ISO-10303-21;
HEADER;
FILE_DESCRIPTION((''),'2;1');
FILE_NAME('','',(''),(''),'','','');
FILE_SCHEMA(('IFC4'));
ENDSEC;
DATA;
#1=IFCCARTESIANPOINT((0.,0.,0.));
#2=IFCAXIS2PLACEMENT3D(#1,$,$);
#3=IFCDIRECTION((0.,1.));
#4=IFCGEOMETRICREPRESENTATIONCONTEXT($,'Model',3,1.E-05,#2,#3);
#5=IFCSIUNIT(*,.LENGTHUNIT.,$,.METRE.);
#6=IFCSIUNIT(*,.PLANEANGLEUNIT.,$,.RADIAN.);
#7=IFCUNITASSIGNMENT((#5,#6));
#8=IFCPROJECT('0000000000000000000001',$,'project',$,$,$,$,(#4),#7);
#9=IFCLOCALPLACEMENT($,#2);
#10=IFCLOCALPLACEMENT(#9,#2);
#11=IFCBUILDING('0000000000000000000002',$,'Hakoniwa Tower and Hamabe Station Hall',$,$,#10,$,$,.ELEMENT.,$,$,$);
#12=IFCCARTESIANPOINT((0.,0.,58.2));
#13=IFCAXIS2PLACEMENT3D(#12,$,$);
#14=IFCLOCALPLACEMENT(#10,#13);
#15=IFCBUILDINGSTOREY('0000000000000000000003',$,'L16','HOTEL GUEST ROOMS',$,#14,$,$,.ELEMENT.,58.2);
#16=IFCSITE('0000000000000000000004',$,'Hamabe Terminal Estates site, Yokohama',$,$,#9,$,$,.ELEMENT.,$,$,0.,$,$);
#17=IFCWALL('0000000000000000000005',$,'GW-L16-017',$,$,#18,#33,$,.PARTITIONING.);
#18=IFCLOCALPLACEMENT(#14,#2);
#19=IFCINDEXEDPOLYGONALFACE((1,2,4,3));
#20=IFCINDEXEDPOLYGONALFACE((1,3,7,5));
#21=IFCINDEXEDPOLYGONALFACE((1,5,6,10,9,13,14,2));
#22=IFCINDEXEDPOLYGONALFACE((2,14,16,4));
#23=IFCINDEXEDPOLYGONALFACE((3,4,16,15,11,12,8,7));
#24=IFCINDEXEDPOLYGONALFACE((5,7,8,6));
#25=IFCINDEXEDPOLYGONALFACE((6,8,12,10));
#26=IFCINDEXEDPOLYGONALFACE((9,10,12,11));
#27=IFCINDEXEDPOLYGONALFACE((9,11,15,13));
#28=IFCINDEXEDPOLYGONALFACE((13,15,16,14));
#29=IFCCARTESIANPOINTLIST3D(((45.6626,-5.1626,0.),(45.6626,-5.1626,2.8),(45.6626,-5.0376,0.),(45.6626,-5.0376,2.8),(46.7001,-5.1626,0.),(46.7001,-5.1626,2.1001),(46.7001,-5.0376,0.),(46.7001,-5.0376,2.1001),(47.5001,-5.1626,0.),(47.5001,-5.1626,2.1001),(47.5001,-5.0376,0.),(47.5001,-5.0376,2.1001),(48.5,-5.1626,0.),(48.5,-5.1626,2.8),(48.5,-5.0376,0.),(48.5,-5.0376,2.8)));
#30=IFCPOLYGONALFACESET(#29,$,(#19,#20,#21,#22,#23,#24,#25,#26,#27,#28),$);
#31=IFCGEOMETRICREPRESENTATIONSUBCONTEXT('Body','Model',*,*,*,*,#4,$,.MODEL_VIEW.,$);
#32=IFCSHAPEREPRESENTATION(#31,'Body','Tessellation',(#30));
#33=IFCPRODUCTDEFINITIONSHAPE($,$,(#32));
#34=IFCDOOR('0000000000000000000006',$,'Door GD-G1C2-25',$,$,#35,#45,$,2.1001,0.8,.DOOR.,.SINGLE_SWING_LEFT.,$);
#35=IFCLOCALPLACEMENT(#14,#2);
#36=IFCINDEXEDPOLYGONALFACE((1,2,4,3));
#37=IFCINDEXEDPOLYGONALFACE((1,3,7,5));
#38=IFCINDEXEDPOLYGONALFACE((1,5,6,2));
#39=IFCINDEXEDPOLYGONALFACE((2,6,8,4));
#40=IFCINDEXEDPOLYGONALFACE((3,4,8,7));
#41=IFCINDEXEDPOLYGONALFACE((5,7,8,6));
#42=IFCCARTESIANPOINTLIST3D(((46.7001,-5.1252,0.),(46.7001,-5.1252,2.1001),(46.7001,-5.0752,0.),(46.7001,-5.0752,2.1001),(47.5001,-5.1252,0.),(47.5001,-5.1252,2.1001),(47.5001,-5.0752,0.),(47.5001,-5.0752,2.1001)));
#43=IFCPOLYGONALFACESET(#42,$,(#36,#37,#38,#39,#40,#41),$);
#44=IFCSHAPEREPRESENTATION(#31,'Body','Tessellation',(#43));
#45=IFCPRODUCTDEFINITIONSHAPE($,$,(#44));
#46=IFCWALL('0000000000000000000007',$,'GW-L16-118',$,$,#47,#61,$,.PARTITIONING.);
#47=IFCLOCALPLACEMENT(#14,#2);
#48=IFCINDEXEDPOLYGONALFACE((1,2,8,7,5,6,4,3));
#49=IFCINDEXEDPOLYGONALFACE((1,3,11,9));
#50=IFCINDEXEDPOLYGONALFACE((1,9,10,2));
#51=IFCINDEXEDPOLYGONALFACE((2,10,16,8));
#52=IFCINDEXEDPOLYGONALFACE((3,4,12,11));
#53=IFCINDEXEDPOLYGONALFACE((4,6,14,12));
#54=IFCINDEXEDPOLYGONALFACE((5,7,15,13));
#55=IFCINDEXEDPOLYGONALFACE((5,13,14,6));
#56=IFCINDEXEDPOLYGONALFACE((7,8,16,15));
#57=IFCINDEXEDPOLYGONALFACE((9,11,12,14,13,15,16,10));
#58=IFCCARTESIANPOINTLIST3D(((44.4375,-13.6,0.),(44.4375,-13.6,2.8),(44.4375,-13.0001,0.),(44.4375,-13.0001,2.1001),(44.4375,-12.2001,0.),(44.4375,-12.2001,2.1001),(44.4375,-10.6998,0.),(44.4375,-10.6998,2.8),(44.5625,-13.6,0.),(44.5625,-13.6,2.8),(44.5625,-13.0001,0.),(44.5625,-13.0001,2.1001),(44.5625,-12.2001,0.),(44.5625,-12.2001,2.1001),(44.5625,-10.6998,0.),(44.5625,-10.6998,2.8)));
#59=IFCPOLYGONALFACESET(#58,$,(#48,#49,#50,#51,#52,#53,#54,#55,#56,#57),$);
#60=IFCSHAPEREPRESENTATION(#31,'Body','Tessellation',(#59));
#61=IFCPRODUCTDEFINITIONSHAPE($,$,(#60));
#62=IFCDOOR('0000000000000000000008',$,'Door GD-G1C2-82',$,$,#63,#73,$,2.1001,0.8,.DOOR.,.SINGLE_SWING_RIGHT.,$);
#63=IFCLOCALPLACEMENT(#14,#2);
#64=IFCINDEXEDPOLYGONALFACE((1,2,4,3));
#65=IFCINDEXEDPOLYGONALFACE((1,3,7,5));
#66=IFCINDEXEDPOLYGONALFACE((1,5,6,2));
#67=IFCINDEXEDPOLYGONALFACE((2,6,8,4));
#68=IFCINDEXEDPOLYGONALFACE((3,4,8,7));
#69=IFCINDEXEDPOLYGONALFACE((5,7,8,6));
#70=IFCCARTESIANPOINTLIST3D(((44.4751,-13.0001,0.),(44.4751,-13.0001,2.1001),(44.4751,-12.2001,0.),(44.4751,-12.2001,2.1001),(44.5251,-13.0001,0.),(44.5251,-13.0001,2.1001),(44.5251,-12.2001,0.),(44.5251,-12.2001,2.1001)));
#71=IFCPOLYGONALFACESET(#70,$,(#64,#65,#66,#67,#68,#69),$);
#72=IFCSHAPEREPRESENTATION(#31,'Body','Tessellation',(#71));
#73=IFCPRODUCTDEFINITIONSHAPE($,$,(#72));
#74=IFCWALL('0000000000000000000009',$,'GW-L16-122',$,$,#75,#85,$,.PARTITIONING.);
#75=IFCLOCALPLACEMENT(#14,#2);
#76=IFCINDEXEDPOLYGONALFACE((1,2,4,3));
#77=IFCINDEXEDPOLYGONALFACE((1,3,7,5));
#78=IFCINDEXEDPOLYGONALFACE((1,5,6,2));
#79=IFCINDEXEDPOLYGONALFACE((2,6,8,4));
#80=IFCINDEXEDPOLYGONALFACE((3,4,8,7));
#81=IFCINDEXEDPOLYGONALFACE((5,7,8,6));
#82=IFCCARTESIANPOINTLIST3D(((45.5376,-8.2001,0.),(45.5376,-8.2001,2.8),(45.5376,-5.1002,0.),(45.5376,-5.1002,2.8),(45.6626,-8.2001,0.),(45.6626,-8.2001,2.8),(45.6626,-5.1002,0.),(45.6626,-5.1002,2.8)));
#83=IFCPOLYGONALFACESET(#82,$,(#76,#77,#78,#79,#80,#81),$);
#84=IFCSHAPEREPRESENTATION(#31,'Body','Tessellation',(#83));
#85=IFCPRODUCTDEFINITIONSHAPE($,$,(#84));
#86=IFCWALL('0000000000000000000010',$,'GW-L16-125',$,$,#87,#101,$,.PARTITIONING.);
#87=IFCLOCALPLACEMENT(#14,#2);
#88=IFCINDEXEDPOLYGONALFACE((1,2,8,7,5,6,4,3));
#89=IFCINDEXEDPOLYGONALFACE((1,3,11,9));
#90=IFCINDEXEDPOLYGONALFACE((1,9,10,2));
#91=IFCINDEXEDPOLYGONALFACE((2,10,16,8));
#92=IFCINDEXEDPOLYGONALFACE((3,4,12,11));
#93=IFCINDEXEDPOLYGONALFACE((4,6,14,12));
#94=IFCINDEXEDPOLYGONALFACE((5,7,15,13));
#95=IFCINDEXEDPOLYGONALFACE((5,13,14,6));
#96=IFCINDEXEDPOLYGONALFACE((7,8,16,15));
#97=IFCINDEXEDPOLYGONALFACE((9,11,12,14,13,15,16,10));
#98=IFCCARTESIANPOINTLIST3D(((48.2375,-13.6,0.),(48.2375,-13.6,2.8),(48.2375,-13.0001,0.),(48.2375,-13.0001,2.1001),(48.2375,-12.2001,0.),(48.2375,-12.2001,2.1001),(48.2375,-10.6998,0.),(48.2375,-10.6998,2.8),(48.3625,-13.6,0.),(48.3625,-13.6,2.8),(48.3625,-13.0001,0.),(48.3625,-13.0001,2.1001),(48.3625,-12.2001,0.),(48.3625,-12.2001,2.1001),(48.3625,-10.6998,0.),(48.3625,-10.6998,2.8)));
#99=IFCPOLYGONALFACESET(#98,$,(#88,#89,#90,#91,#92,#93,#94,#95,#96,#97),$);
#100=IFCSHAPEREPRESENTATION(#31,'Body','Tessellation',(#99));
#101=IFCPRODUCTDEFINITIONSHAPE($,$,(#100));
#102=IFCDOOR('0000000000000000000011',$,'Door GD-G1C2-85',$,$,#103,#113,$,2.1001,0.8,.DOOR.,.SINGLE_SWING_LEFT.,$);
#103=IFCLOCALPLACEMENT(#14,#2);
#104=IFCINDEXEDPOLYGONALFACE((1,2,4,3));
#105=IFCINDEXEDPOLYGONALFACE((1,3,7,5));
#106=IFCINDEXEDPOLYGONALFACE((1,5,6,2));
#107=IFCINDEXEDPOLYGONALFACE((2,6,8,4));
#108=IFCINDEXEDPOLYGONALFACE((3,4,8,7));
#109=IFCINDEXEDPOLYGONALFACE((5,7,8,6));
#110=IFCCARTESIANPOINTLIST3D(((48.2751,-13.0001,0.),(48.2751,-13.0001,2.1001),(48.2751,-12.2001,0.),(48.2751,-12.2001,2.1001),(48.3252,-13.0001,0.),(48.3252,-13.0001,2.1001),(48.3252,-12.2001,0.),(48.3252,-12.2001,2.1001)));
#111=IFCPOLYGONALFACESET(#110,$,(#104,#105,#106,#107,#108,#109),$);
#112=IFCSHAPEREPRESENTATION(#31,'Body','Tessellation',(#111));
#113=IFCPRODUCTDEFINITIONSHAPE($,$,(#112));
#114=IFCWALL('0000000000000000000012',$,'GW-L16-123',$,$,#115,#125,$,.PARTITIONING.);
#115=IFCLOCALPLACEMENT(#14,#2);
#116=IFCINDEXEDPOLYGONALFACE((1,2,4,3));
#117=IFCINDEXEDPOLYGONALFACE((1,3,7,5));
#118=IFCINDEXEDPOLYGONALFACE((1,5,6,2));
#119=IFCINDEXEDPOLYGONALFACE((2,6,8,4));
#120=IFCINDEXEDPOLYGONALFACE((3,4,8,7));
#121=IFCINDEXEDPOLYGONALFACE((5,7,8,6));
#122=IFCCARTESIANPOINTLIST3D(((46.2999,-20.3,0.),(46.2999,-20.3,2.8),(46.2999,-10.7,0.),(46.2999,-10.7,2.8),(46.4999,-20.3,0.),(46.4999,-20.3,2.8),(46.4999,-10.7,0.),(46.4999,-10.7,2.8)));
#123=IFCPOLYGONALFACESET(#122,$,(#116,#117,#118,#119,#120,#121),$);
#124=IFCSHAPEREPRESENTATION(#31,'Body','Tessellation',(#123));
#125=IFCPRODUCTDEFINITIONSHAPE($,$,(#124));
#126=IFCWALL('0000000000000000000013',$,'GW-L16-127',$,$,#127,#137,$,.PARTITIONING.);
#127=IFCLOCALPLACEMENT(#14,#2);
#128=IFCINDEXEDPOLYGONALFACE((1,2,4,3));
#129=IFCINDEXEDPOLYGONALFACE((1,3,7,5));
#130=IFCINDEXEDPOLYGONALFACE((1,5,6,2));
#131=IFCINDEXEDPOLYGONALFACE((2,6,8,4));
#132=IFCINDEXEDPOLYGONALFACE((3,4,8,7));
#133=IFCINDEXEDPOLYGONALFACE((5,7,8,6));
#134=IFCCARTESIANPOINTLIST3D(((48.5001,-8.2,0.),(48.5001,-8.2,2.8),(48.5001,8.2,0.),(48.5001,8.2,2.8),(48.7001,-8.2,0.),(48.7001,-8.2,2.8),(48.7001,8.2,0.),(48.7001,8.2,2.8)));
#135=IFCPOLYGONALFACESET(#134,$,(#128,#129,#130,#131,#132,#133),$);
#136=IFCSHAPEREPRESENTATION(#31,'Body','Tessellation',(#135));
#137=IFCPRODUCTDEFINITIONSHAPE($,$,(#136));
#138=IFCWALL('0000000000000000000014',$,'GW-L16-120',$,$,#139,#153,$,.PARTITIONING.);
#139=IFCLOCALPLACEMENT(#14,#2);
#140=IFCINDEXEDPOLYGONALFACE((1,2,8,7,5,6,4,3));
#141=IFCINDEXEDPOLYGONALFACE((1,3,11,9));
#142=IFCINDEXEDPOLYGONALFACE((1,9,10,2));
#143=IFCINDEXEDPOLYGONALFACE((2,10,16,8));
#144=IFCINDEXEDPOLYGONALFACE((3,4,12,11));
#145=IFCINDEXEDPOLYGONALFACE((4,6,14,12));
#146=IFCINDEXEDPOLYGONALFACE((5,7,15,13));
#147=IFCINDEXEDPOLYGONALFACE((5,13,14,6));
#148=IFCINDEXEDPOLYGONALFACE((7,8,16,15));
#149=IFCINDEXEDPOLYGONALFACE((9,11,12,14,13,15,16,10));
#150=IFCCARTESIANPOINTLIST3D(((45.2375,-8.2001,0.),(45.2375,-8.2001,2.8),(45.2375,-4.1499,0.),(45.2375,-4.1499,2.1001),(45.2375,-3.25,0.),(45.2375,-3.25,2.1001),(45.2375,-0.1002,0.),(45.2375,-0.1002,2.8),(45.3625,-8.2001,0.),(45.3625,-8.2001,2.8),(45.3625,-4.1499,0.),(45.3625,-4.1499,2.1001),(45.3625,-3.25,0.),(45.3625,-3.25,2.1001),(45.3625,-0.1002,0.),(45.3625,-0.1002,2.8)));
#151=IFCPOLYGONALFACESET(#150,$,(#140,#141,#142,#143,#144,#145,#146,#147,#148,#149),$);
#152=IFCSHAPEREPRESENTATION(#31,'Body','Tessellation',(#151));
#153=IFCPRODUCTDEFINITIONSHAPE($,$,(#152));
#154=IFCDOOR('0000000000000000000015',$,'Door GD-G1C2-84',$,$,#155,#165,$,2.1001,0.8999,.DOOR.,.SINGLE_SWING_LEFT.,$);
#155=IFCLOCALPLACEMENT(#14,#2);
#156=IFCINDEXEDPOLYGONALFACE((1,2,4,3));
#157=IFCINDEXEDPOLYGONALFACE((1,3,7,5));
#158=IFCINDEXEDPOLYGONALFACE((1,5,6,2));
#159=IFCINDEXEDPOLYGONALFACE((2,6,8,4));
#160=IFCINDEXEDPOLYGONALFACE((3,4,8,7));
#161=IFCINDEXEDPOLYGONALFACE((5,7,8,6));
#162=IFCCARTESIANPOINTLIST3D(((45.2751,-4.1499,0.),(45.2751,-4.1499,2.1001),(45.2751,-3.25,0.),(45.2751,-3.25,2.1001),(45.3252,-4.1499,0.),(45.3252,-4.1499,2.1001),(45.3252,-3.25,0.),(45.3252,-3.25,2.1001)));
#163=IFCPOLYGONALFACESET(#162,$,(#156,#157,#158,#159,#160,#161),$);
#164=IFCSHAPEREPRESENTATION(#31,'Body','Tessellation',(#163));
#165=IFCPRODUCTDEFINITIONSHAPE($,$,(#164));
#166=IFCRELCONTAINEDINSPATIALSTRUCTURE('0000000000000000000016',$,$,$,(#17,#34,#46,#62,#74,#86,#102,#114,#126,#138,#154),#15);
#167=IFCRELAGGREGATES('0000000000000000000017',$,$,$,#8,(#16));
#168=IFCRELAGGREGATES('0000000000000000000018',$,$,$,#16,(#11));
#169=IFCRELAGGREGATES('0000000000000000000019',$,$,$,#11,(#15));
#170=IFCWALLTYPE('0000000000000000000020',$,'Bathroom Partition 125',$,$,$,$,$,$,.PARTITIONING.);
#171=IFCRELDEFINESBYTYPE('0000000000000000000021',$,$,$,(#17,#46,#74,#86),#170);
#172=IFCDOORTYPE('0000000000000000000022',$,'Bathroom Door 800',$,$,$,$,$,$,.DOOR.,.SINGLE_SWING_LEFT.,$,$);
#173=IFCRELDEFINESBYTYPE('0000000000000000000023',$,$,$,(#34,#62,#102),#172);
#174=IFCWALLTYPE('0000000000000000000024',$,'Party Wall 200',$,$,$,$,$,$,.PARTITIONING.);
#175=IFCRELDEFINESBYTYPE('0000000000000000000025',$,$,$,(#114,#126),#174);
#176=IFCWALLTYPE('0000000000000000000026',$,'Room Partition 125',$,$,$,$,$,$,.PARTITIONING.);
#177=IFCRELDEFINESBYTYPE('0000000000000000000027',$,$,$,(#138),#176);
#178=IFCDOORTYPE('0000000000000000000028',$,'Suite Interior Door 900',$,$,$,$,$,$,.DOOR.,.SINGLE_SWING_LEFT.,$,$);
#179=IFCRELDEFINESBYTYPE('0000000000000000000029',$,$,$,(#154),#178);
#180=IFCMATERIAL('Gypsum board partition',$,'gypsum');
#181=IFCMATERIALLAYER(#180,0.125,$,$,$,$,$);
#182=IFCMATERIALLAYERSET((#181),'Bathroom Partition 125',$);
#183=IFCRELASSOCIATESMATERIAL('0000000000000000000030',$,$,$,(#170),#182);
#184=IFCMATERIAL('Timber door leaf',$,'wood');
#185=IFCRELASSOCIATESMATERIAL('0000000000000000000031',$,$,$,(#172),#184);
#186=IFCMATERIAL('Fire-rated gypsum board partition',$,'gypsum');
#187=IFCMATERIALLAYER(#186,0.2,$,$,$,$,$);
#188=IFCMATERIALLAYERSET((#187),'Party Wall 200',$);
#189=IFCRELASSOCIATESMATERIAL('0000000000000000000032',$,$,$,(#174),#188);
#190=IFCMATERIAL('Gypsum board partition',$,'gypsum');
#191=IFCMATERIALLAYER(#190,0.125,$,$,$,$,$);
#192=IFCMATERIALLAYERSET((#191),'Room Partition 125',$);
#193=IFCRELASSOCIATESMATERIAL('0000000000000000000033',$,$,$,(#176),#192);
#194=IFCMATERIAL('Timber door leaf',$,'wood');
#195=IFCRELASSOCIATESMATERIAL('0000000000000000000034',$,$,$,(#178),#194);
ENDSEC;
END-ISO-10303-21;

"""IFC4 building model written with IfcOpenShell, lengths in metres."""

from ifc_helpers import new_model, si_unit, direction, frame, frame_2d, origin, place, context, subcontext, project, spatial, rectangle, extrude, material, layer, layer_set, type_object, element, fill, save


model = new_model("IFC4")

# Units and contexts
model_context = context("Model", 3, precision=1e-05, world=origin(), true_north=direction((0.0, 1.0)))
body_context = subcontext(model_context, "Body", "Model", "MODEL_VIEW")
ifc_project = project(units=[si_unit("LENGTHUNIT", "METRE"), si_unit("PLANEANGLEUNIT", "RADIAN")], contexts=[model_context])

# Site, building, storey
site_placement = place(None, origin())
site = spatial("IfcSite", under=ifc_project, at=site_placement, Name="Hamabe Terminal Estates site, Yokohama", CompositionType="ELEMENT", RefElevation=0.0)
building_placement = place(site_placement, origin())
building = spatial("IfcBuilding", under=site, at=building_placement, Name="Hakoniwa Tower and Hamabe Station Hall", CompositionType="ELEMENT")
storey_placement = place(building_placement, frame((0.0, 0.0, 58.2)))
storey = spatial("IfcBuildingStorey", under=building, at=storey_placement, Name="L16", Description="HOTEL GUEST ROOMS", CompositionType="ELEMENT", Elevation=58.2)

# Shared definitions
ifc_material_1 = material(Name="Gypsum board partition", Category="gypsum")
ifc_layer_1 = layer(ifc_material_1, 0.125)
ifc_layer_set_1 = layer_set([ifc_layer_1], Name="Bathroom Partition 125")
wall_type_1 = type_object("IfcWallType", Name="Bathroom Partition 125", PredefinedType="PARTITIONING", material=ifc_layer_set_1)

# Walls, openings, doors
wall_1_placement = place(storey_placement, frame((45.6626, -5.1001, 0.0), z_axis=(0.0, 0.0, 1.0), x_axis=(1.0, 0.0, 0.0)))
wall_1 = element("IfcWall", 1, at=wall_1_placement, inside=storey, type_object=wall_type_1, Name="GW-L16-017", PredefinedType="PARTITIONING", context=body_context, shape_type="SweptSolid", body=[
    extrude(rectangle(XDim=2.8374, YDim=0.125, at=frame_2d((1.4187, 0.0))), origin(), (0.0, 0.0, 1.0), 2.8),
])
opening_1_placement = place(wall_1_placement, frame((1.0376, 0.0, 0.0)))
opening_1 = element("IfcOpeningElement", 2, at=opening_1_placement, cuts=wall_1, PredefinedType="OPENING", context=body_context, shape_type="SweptSolid", body=[
    extrude(rectangle(XDim=0.8, YDim=2.1001, at=frame_2d((0.3999, 1.05))), frame((0.0, 0.0725, 0.0), z_axis=(0.0, -1.0, 0.0), x_axis=(1.0, 0.0, 0.0)), (0.0, 0.0, 1.0), 0.145),
])
ifc_material_2 = material(Name="Timber door leaf", Category="wood")
door_type_1 = type_object("IfcDoorType", Name="Bathroom Door 800", OperationType="SINGLE_SWING_LEFT", PredefinedType="DOOR", material=ifc_material_2)
door_1_placement = place(opening_1_placement, origin())
door_1 = element("IfcDoor", 3, at=door_1_placement, inside=storey, type_object=door_type_1, Name="Door GD-G1C2-25", OperationType="SINGLE_SWING_LEFT", OverallHeight=2.1001, OverallWidth=0.8, PredefinedType="DOOR", context=body_context, shape_type="SweptSolid", body=[
    extrude(rectangle(XDim=0.8, YDim=2.1001, at=frame_2d((0.3999, 1.05))), frame((0.0, 0.0249, 0.0), z_axis=(0.0, -1.0, 0.0), x_axis=(1.0, 0.0, 0.0)), (0.0, 0.0, 1.0), 0.05),
])
fill(opening_1, door_1)
wall_2_placement = place(storey_placement, frame((44.5, -13.6001, 0.0), z_axis=(0.0, 0.0, 1.0), x_axis=(0.0, 1.0, 0.0)))
wall_2 = element("IfcWall", 4, at=wall_2_placement, inside=storey, type_object=wall_type_1, Name="GW-L16-118", PredefinedType="PARTITIONING", context=body_context, shape_type="SweptSolid", body=[
    extrude(rectangle(XDim=2.9001, YDim=0.125, at=frame_2d((1.4502, 0.0))), origin(), (0.0, 0.0, 1.0), 2.8),
])
opening_2_placement = place(wall_2_placement, frame((0.6001, 0.0, 0.0)))
opening_2 = element("IfcOpeningElement", 5, at=opening_2_placement, cuts=wall_2, PredefinedType="OPENING", context=body_context, shape_type="SweptSolid", body=[
    extrude(rectangle(XDim=0.8, YDim=2.1001, at=frame_2d((0.3999, 1.05))), frame((0.0, 0.0725, 0.0), z_axis=(0.0, -1.0, 0.0), x_axis=(1.0, 0.0, 0.0)), (0.0, 0.0, 1.0), 0.145),
])
door_2_placement = place(opening_2_placement, origin())
door_2 = element("IfcDoor", 6, at=door_2_placement, inside=storey, type_object=door_type_1, Name="Door GD-G1C2-82", OperationType="SINGLE_SWING_RIGHT", OverallHeight=2.1001, OverallWidth=0.8, PredefinedType="DOOR", context=body_context, shape_type="SweptSolid", body=[
    extrude(rectangle(XDim=0.8, YDim=2.1001, at=frame_2d((0.3999, 1.05))), frame((0.0, 0.0249, 0.0), z_axis=(0.0, -1.0, 0.0), x_axis=(1.0, 0.0, 0.0)), (0.0, 0.0, 1.0), 0.05),
])
fill(opening_2, door_2)

# Wall
wall_3_placement = place(storey_placement, frame((45.6001, -8.2, 0.0), z_axis=(0.0, 0.0, 1.0), x_axis=(0.0, 1.0, 0.0)))
element("IfcWall", 7, at=wall_3_placement, inside=storey, type_object=wall_type_1, Name="GW-L16-122", PredefinedType="PARTITIONING", context=body_context, shape_type="SweptSolid", body=[
    extrude(rectangle(XDim=3.0999, YDim=0.125, at=frame_2d((1.5498, 0.0))), origin(), (0.0, 0.0, 1.0), 2.8),
])

# Wall, opening, door
wall_4_placement = place(storey_placement, frame((48.3, -13.6001, 0.0), z_axis=(0.0, 0.0, 1.0), x_axis=(0.0, 1.0, 0.0)))
wall_4 = element("IfcWall", 8, at=wall_4_placement, inside=storey, type_object=wall_type_1, Name="GW-L16-125", PredefinedType="PARTITIONING", context=body_context, shape_type="SweptSolid", body=[
    extrude(rectangle(XDim=2.9001, YDim=0.125, at=frame_2d((1.4502, 0.0))), origin(), (0.0, 0.0, 1.0), 2.8),
])
opening_3_placement = place(wall_4_placement, frame((0.6001, 0.0, 0.0)))
opening_3 = element("IfcOpeningElement", 9, at=opening_3_placement, cuts=wall_4, PredefinedType="OPENING", context=body_context, shape_type="SweptSolid", body=[
    extrude(rectangle(XDim=0.8, YDim=2.1001, at=frame_2d((0.3999, 1.05))), frame((0.0, 0.0725, 0.0), z_axis=(0.0, -1.0, 0.0), x_axis=(1.0, 0.0, 0.0)), (0.0, 0.0, 1.0), 0.145),
])
door_3_placement = place(opening_3_placement, origin())
door_3 = element("IfcDoor", 10, at=door_3_placement, inside=storey, type_object=door_type_1, Name="Door GD-G1C2-85", OperationType="SINGLE_SWING_LEFT", OverallHeight=2.1001, OverallWidth=0.8, PredefinedType="DOOR", context=body_context, shape_type="SweptSolid", body=[
    extrude(rectangle(XDim=0.8, YDim=2.1001, at=frame_2d((0.3999, 1.05))), frame((0.0, 0.0249, 0.0), z_axis=(0.0, -1.0, 0.0), x_axis=(1.0, 0.0, 0.0)), (0.0, 0.0, 1.0), 0.05),
])
fill(opening_3, door_3)

# Walls
ifc_material_3 = material(Name="Fire-rated gypsum board partition", Category="gypsum")
ifc_layer_2 = layer(ifc_material_3, 0.2)
ifc_layer_set_2 = layer_set([ifc_layer_2], Name="Party Wall 200")
wall_type_2 = type_object("IfcWallType", Name="Party Wall 200", PredefinedType="PARTITIONING", material=ifc_layer_set_2)
wall_5_placement = place(storey_placement, frame((46.3999, -20.3, 0.0), z_axis=(0.0, 0.0, 1.0), x_axis=(0.0, 1.0, 0.0)))
element("IfcWall", 11, at=wall_5_placement, inside=storey, type_object=wall_type_2, Name="GW-L16-123", PredefinedType="PARTITIONING", context=body_context, shape_type="SweptSolid", body=[
    extrude(rectangle(XDim=9.6001, YDim=0.2, at=frame_2d((4.8, 0.0))), origin(), (0.0, 0.0, 1.0), 2.8),
])
wall_6_placement = place(storey_placement, frame((48.6001, -8.2, 0.0), z_axis=(0.0, 0.0, 1.0), x_axis=(0.0, 1.0, 0.0)))
element("IfcWall", 12, at=wall_6_placement, inside=storey, type_object=wall_type_2, Name="GW-L16-127", PredefinedType="PARTITIONING", context=body_context, shape_type="SweptSolid", body=[
    extrude(rectangle(XDim=16.3999, YDim=0.2, at=frame_2d((8.2, 0.0))), origin(), (0.0, 0.0, 1.0), 2.8),
])

# Wall, opening, door
ifc_material_4 = material(Name="Gypsum board partition", Category="gypsum")
ifc_layer_3 = layer(ifc_material_4, 0.125)
ifc_layer_set_3 = layer_set([ifc_layer_3], Name="Room Partition 125")
wall_type_3 = type_object("IfcWallType", Name="Room Partition 125", PredefinedType="PARTITIONING", material=ifc_layer_set_3)
wall_7_placement = place(storey_placement, frame((45.3, -8.2, 0.0), z_axis=(0.0, 0.0, 1.0), x_axis=(0.0, 1.0, 0.0)))
wall_7 = element("IfcWall", 13, at=wall_7_placement, inside=storey, type_object=wall_type_3, Name="GW-L16-120", PredefinedType="PARTITIONING", context=body_context, shape_type="SweptSolid", body=[
    extrude(rectangle(XDim=8.0999, YDim=0.125, at=frame_2d((4.0498, 0.0))), origin(), (0.0, 0.0, 1.0), 2.8),
])
opening_4_placement = place(wall_7_placement, frame((4.05, 0.0, 0.0)))
opening_4 = element("IfcOpeningElement", 14, at=opening_4_placement, cuts=wall_7, PredefinedType="OPENING", context=body_context, shape_type="SweptSolid", body=[
    extrude(rectangle(XDim=0.8999, YDim=2.1001, at=frame_2d((0.45, 1.05))), frame((0.0, 0.0725, 0.0), z_axis=(0.0, -1.0, 0.0), x_axis=(1.0, 0.0, 0.0)), (0.0, 0.0, 1.0), 0.145),
])
ifc_material_5 = material(Name="Timber door leaf", Category="wood")
door_type_2 = type_object("IfcDoorType", Name="Suite Interior Door 900", OperationType="SINGLE_SWING_LEFT", PredefinedType="DOOR", material=ifc_material_5)
door_4_placement = place(opening_4_placement, origin())
door_4 = element("IfcDoor", 15, at=door_4_placement, inside=storey, type_object=door_type_2, Name="Door GD-G1C2-84", OperationType="SINGLE_SWING_LEFT", OverallHeight=2.1001, OverallWidth=0.8999, PredefinedType="DOOR", context=body_context, shape_type="SweptSolid", body=[
    extrude(rectangle(XDim=0.8999, YDim=2.1001, at=frame_2d((0.45, 1.05))), frame((0.0, 0.0249, 0.0), z_axis=(0.0, -1.0, 0.0), x_axis=(1.0, 0.0, 0.0)), (0.0, 0.0, 1.0), 0.05),
])
fill(opening_4, door_4)

save(model, "model.ifc")
